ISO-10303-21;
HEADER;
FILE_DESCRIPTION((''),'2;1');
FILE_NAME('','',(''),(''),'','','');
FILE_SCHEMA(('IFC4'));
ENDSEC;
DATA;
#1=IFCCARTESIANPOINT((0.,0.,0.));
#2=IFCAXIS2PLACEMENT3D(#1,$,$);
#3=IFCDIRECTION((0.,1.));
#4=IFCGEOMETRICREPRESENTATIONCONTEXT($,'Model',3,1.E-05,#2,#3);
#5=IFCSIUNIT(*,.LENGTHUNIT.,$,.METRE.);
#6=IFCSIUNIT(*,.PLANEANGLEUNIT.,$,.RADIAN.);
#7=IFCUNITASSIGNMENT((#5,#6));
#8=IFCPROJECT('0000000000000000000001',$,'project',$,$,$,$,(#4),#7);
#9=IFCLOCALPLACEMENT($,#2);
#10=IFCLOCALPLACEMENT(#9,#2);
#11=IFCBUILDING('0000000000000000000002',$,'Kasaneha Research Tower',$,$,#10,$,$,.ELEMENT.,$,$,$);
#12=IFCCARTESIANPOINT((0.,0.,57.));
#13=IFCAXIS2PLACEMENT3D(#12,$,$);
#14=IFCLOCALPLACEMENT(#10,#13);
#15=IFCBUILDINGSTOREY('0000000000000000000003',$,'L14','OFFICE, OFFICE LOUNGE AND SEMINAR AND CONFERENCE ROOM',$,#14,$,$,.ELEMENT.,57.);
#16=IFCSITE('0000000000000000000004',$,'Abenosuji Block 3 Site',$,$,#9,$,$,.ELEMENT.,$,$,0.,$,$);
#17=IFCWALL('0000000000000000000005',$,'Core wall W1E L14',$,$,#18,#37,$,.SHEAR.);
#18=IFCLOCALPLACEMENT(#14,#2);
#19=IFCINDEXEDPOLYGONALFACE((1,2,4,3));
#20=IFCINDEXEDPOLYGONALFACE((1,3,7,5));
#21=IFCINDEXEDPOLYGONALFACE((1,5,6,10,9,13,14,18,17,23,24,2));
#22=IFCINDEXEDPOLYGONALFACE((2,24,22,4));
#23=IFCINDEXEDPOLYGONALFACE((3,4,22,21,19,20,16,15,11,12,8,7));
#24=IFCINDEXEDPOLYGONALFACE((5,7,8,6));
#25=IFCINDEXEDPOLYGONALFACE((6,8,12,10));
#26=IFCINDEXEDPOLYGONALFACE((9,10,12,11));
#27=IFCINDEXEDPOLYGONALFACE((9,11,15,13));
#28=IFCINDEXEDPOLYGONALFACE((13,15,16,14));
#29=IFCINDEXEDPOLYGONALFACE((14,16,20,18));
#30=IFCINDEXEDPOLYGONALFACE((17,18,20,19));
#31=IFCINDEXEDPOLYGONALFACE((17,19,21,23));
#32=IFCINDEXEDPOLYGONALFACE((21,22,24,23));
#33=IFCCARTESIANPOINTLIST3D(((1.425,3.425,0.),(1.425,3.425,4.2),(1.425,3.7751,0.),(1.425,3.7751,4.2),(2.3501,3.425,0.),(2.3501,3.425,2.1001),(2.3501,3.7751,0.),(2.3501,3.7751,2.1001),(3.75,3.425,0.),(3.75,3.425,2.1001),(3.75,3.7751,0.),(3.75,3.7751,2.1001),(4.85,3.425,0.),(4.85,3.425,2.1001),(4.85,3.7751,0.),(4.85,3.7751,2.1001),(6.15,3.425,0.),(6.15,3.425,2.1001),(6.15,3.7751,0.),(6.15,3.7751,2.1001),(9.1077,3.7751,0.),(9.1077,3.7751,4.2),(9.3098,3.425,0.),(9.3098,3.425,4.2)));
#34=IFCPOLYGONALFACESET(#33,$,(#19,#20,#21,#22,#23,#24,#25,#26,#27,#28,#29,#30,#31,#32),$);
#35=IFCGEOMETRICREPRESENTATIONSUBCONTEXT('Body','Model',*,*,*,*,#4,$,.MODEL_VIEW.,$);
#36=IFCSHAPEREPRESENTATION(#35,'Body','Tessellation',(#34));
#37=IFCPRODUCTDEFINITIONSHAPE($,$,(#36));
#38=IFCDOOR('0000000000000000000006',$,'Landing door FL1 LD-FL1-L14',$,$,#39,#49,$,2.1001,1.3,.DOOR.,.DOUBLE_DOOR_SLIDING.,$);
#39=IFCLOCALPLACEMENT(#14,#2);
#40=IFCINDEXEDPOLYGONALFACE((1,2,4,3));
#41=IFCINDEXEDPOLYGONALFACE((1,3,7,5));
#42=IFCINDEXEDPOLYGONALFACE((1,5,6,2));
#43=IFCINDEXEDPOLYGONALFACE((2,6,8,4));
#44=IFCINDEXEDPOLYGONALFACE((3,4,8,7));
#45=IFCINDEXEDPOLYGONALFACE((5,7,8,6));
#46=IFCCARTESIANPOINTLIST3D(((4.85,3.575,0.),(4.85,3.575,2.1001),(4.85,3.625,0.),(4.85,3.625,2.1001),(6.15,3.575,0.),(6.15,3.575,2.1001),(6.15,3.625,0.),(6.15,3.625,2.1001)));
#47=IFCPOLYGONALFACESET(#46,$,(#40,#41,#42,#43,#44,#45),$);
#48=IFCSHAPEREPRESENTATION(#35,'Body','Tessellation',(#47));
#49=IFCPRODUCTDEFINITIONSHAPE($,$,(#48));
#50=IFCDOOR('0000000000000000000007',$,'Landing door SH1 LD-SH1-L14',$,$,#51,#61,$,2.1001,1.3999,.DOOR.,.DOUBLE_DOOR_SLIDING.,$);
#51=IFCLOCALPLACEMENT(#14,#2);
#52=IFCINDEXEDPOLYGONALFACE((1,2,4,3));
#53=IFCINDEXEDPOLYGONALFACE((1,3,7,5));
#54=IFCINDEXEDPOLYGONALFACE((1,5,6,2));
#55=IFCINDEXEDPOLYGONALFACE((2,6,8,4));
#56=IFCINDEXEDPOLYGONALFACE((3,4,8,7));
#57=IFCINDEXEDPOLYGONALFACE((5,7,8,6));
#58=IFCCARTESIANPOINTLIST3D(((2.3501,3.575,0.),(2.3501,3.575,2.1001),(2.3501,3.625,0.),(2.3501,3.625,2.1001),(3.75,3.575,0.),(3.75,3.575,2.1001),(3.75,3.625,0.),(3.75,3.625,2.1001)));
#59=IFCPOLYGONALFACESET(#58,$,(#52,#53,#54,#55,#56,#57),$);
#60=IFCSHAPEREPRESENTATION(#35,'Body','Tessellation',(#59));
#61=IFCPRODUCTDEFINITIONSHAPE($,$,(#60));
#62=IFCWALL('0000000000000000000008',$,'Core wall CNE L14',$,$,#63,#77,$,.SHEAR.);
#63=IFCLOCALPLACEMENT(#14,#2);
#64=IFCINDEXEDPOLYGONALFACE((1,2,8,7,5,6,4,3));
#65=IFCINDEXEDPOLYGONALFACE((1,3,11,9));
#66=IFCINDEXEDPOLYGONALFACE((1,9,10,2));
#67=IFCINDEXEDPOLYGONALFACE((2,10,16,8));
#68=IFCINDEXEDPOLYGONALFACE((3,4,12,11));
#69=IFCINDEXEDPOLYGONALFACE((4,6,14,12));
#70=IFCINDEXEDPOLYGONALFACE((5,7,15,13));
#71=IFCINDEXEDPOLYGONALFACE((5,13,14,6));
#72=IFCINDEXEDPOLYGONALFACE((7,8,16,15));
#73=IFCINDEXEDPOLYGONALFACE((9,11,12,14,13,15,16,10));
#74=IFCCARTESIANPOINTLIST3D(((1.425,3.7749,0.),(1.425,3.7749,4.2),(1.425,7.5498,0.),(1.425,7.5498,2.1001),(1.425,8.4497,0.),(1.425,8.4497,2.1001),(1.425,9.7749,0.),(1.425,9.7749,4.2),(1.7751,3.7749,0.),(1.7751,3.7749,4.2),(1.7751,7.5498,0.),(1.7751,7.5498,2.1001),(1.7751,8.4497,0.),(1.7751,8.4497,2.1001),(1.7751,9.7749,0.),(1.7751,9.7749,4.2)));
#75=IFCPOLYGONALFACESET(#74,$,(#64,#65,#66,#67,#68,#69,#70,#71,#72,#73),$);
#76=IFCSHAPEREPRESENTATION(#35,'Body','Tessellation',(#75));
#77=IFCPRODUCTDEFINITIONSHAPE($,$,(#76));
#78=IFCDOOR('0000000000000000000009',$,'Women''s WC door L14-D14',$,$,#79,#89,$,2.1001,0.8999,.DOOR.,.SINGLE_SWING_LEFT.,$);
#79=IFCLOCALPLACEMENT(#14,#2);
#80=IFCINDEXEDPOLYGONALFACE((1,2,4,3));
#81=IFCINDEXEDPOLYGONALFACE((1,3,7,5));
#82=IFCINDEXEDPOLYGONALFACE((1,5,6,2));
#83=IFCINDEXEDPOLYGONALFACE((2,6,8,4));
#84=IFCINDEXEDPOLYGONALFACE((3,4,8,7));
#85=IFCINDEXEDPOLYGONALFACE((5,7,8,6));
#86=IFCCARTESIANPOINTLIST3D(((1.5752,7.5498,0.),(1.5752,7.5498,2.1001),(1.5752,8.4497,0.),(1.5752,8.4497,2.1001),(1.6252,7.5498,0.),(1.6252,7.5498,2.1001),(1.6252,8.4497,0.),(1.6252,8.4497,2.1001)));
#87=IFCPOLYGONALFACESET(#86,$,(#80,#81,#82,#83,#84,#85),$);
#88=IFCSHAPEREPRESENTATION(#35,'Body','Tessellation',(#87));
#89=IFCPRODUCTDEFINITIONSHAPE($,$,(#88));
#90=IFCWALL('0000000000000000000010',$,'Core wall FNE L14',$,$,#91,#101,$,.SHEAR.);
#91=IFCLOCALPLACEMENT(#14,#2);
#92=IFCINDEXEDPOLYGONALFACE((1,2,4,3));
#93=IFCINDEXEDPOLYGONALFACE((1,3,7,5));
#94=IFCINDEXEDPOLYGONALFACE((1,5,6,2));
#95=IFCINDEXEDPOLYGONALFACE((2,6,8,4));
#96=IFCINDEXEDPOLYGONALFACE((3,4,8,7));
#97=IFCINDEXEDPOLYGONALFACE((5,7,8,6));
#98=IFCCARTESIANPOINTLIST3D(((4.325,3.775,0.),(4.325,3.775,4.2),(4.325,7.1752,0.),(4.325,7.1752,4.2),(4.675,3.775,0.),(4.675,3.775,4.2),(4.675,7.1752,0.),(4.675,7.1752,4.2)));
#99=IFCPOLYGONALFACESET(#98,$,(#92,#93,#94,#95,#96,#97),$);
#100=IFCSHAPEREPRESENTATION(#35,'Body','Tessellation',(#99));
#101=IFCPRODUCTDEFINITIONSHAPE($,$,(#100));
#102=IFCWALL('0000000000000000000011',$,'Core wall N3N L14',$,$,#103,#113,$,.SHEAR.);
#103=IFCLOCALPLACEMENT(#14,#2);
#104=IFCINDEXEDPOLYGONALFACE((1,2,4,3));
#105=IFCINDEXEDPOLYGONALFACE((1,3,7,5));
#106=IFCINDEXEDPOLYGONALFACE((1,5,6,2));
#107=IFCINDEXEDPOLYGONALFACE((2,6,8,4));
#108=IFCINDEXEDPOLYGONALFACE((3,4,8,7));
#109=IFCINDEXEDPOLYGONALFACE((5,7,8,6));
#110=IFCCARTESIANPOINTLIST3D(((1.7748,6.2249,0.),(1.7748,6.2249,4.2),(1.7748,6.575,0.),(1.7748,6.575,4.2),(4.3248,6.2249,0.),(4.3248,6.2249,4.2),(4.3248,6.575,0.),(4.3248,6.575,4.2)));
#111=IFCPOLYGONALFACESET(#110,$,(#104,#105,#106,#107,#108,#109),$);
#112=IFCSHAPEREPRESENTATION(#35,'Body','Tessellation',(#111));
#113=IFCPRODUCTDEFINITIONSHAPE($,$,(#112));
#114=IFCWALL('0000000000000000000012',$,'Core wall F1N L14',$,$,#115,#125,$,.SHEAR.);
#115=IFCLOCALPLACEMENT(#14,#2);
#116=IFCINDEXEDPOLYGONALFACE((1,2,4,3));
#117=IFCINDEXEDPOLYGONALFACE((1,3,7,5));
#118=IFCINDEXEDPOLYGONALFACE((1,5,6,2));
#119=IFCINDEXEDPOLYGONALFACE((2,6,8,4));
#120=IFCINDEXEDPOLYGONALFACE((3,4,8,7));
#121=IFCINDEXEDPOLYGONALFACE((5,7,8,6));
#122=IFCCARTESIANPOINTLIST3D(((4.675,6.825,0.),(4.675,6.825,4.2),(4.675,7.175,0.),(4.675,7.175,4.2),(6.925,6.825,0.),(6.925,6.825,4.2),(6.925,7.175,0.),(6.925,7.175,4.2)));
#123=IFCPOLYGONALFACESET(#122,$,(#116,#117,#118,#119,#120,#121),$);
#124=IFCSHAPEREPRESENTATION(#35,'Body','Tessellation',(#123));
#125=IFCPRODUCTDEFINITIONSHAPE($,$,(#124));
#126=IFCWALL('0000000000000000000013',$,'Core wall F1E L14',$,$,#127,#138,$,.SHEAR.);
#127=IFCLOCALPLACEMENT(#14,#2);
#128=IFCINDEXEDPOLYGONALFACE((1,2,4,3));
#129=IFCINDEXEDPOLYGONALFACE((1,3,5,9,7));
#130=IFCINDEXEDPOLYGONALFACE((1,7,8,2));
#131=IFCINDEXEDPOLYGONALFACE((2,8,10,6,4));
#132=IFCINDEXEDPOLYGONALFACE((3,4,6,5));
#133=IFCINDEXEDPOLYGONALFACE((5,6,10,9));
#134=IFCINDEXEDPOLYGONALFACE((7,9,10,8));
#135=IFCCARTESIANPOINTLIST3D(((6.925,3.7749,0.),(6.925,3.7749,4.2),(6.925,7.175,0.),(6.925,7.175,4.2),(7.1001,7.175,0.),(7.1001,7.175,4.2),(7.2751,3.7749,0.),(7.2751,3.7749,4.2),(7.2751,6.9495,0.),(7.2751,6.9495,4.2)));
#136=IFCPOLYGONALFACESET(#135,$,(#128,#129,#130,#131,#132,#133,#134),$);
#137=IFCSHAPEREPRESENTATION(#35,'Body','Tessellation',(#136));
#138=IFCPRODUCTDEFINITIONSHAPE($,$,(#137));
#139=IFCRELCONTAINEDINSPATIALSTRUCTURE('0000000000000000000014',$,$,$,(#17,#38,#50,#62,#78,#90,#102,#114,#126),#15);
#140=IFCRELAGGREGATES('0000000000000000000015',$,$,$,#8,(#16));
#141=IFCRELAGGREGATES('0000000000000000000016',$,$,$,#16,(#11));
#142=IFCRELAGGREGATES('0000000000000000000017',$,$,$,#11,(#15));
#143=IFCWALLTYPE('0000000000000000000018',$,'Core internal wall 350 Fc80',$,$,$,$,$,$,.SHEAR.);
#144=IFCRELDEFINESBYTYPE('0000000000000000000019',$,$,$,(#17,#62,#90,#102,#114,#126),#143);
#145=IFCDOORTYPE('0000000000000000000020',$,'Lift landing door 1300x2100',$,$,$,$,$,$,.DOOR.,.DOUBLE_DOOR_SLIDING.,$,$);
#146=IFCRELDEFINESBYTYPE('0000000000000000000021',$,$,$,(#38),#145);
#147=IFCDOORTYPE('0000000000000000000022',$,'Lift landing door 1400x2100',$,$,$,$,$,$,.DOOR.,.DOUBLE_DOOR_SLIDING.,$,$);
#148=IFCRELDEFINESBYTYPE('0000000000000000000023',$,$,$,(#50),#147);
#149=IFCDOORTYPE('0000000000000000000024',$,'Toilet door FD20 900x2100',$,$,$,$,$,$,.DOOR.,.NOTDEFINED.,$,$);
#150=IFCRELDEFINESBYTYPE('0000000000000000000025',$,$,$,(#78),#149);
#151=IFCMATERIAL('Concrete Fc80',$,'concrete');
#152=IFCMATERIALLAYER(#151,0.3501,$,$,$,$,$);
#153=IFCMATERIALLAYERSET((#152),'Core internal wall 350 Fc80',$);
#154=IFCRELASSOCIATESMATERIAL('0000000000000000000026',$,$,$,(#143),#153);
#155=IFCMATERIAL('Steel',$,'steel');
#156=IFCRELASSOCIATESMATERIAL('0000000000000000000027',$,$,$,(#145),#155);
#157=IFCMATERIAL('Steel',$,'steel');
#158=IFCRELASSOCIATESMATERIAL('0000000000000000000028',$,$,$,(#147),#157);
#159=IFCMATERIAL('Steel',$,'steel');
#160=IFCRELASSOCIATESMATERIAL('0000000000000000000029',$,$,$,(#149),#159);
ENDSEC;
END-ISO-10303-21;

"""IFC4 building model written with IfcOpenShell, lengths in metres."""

from ifc_helpers import new_model, si_unit, direction, frame, frame_2d, origin, place, context, subcontext, project, spatial, polyline, rectangle, outline, extrude, material, layer, layer_set, type_object, element, fill, save


model = new_model("IFC4")

# Units and contexts
model_context = context("Model", 3, precision=1e-05, world=origin(), true_north=direction((0.0, 1.0)))
body_context = subcontext(model_context, "Body", "Model", "MODEL_VIEW")
ifc_project = project(units=[si_unit("LENGTHUNIT", "METRE"), si_unit("PLANEANGLEUNIT", "RADIAN")], contexts=[model_context])

# Site, building, storey
site_placement = place(None, origin())
site = spatial("IfcSite", under=ifc_project, at=site_placement, Name="Abenosuji Block 3 Site", CompositionType="ELEMENT", RefElevation=0.0)
building_placement = place(site_placement, origin())
building = spatial("IfcBuilding", under=site, at=building_placement, Name="Kasaneha Research Tower", CompositionType="ELEMENT")
storey_placement = place(building_placement, frame((0.0, 0.0, 57.0)))
storey = spatial("IfcBuildingStorey", under=building, at=storey_placement, Name="L14", Description="OFFICE, OFFICE LOUNGE AND SEMINAR AND CONFERENCE ROOM", CompositionType="ELEMENT", Elevation=57.0)

# Wall, openings, doors
ifc_material_1 = material(Name="Concrete Fc80", Category="concrete")
ifc_layer_1 = layer(ifc_material_1, 0.3501)
ifc_layer_set_1 = layer_set([ifc_layer_1], Name="Core internal wall 350 Fc80")
wall_type_1 = type_object("IfcWallType", Name="Core internal wall 350 Fc80", PredefinedType="SHEAR", material=ifc_layer_set_1)
wall_1_placement = place(storey_placement, frame((1.425, 3.6001, 0.0), z_axis=(0.0, 0.0, 1.0), x_axis=(1.0, 0.0, 0.0)))
wall_1 = element("IfcWall", 1, at=wall_1_placement, inside=storey, type_object=wall_type_1, Name="Core wall W1E L14", PredefinedType="SHEAR", context=body_context, shape_type="SweptSolid", body=[
    extrude(outline(polyline([(0.0, -0.175), (0.925, -0.175), (2.325, -0.175), (3.425, -0.175), (4.7251, -0.175), (7.8848, -0.175), (7.6826, 0.175), (4.7251, 0.175), (3.425, 0.175), (2.325, 0.175), (0.925, 0.175), (0.0, 0.175), (0.0, -0.175)])), origin(), (0.0, 0.0, 1.0), 4.2),
])
opening_1_placement = place(wall_1_placement, frame((0.925, 0.0, 0.0)))
opening_1 = element("IfcOpeningElement", 2, at=opening_1_placement, cuts=wall_1, PredefinedType="OPENING", context=body_context, shape_type="SweptSolid", body=[
    extrude(rectangle(XDim=1.3999, YDim=2.1001, at=frame_2d((0.7, 1.05))), frame((0.0, 0.1851, 0.0), z_axis=(0.0, -1.0, 0.0), x_axis=(1.0, 0.0, 0.0)), (0.0, 0.0, 1.0), 0.3701),
])
opening_2_placement = place(wall_1_placement, frame((3.425, 0.0, 0.0)))
opening_2 = element("IfcOpeningElement", 3, at=opening_2_placement, cuts=wall_1, PredefinedType="OPENING", context=body_context, shape_type="SweptSolid", body=[
    extrude(rectangle(XDim=1.3, YDim=2.1001, at=frame_2d((0.6499, 1.05))), frame((0.0, 0.1851, 0.0), z_axis=(0.0, -1.0, 0.0), x_axis=(1.0, 0.0, 0.0)), (0.0, 0.0, 1.0), 0.3701),
])
ifc_material_2 = material(Name="Steel", Category="steel")
door_type_1 = type_object("IfcDoorType", Name="Lift landing door 1300x2100", OperationType="DOUBLE_DOOR_SLIDING", PredefinedType="DOOR", material=ifc_material_2)
door_1_placement = place(opening_2_placement, origin())
door_1 = element("IfcDoor", 4, at=door_1_placement, inside=storey, type_object=door_type_1, Name="Landing door FL1 LD-FL1-L14", OperationType="DOUBLE_DOOR_SLIDING", OverallHeight=2.1001, OverallWidth=1.3, PredefinedType="DOOR", context=body_context, shape_type="SweptSolid", body=[
    extrude(rectangle(XDim=1.3, YDim=2.1001, at=frame_2d((0.6499, 1.05))), frame((0.0, 0.0249, 0.0), z_axis=(0.0, -1.0, 0.0), x_axis=(1.0, 0.0, 0.0)), (0.0, 0.0, 1.0), 0.05),
])
fill(opening_2, door_1)
ifc_material_3 = material(Name="Steel", Category="steel")
door_type_2 = type_object("IfcDoorType", Name="Lift landing door 1400x2100", OperationType="DOUBLE_DOOR_SLIDING", PredefinedType="DOOR", material=ifc_material_3)
door_2_placement = place(opening_1_placement, origin())
door_2 = element("IfcDoor", 5, at=door_2_placement, inside=storey, type_object=door_type_2, Name="Landing door SH1 LD-SH1-L14", OperationType="DOUBLE_DOOR_SLIDING", OverallHeight=2.1001, OverallWidth=1.3999, PredefinedType="DOOR", context=body_context, shape_type="SweptSolid", body=[
    extrude(rectangle(XDim=1.3999, YDim=2.1001, at=frame_2d((0.7, 1.05))), frame((0.0, 0.0249, 0.0), z_axis=(0.0, -1.0, 0.0), x_axis=(1.0, 0.0, 0.0)), (0.0, 0.0, 1.0), 0.05),
])
fill(opening_1, door_2)

# Wall, opening, door
wall_2_placement = place(storey_placement, frame((1.6001, 3.7749, 0.0), z_axis=(0.0, 0.0, 1.0), x_axis=(0.0, 1.0, 0.0)))
wall_2 = element("IfcWall", 6, at=wall_2_placement, inside=storey, type_object=wall_type_1, Name="Core wall CNE L14", PredefinedType="SHEAR", context=body_context, shape_type="SweptSolid", body=[
    extrude(rectangle(XDim=6.0, YDim=0.3501, at=frame_2d((3.0, 0.0))), origin(), (0.0, 0.0, 1.0), 4.2),
])
opening_3_placement = place(wall_2_placement, frame((3.7749, 0.0, 0.0)))
opening_3 = element("IfcOpeningElement", 7, at=opening_3_placement, cuts=wall_2, PredefinedType="OPENING", context=body_context, shape_type="SweptSolid", body=[
    extrude(rectangle(XDim=0.8999, YDim=2.1001, at=frame_2d((0.45, 1.05))), frame((0.0, 0.1851, 0.0), z_axis=(0.0, -1.0, 0.0), x_axis=(1.0, 0.0, 0.0)), (0.0, 0.0, 1.0), 0.3701),
])
ifc_material_4 = material(Name="Steel", Category="steel")
door_type_3 = type_object("IfcDoorType", Name="Toilet door FD20 900x2100", OperationType="NOTDEFINED", PredefinedType="DOOR", material=ifc_material_4)
door_3_placement = place(opening_3_placement, origin())
door_3 = element("IfcDoor", 8, at=door_3_placement, inside=storey, type_object=door_type_3, Name="Women's WC door L14-D14", OperationType="SINGLE_SWING_LEFT", OverallHeight=2.1001, OverallWidth=0.8999, PredefinedType="DOOR", context=body_context, shape_type="SweptSolid", body=[
    extrude(rectangle(XDim=0.8999, YDim=2.1001, at=frame_2d((0.45, 1.05))), frame((0.0, 0.0249, 0.0), z_axis=(0.0, -1.0, 0.0), x_axis=(1.0, 0.0, 0.0)), (0.0, 0.0, 1.0), 0.05),
])
fill(opening_3, door_3)

# Walls
wall_3_placement = place(storey_placement, frame((4.5, 3.7749, 0.0), z_axis=(0.0, 0.0, 1.0), x_axis=(0.0, 1.0, 0.0)))
element("IfcWall", 9, at=wall_3_placement, inside=storey, type_object=wall_type_1, Name="Core wall FNE L14", PredefinedType="SHEAR", context=body_context, shape_type="SweptSolid", body=[
    extrude(rectangle(XDim=3.4001, YDim=0.3501, at=frame_2d((1.7002, 0.0))), origin(), (0.0, 0.0, 1.0), 4.2),
])
wall_4_placement = place(storey_placement, frame((1.7749, 6.3999, 0.0), z_axis=(0.0, 0.0, 1.0), x_axis=(1.0, 0.0, 0.0)))
element("IfcWall", 10, at=wall_4_placement, inside=storey, type_object=wall_type_1, Name="Core wall N3N L14", PredefinedType="SHEAR", context=body_context, shape_type="SweptSolid", body=[
    extrude(rectangle(XDim=2.55, YDim=0.3501, at=frame_2d((1.2749, 0.0))), origin(), (0.0, 0.0, 1.0), 4.2),
])
wall_5_placement = place(storey_placement, frame((4.675, 7.0, 0.0), z_axis=(0.0, 0.0, 1.0), x_axis=(1.0, 0.0, 0.0)))
element("IfcWall", 11, at=wall_5_placement, inside=storey, type_object=wall_type_1, Name="Core wall F1N L14", PredefinedType="SHEAR", context=body_context, shape_type="SweptSolid", body=[
    extrude(rectangle(XDim=2.25, YDim=0.3501, at=frame_2d((1.125, 0.0))), origin(), (0.0, 0.0, 1.0), 4.2),
])
wall_6_placement = place(storey_placement, frame((7.1001, 3.7749, 0.0), z_axis=(0.0, 0.0, 1.0), x_axis=(0.0, 1.0, 0.0)))
element("IfcWall", 12, at=wall_6_placement, inside=storey, type_object=wall_type_1, Name="Core wall F1E L14", PredefinedType="SHEAR", context=body_context, shape_type="SweptSolid", body=[
    extrude(outline(polyline([(0.0, -0.175), (3.1746, -0.175), (3.4001, 0.0), (3.4001, 0.175), (0.0, 0.175), (0.0, -0.175)])), origin(), (0.0, 0.0, 1.0), 4.2),
])

save(model, "model.ifc")
